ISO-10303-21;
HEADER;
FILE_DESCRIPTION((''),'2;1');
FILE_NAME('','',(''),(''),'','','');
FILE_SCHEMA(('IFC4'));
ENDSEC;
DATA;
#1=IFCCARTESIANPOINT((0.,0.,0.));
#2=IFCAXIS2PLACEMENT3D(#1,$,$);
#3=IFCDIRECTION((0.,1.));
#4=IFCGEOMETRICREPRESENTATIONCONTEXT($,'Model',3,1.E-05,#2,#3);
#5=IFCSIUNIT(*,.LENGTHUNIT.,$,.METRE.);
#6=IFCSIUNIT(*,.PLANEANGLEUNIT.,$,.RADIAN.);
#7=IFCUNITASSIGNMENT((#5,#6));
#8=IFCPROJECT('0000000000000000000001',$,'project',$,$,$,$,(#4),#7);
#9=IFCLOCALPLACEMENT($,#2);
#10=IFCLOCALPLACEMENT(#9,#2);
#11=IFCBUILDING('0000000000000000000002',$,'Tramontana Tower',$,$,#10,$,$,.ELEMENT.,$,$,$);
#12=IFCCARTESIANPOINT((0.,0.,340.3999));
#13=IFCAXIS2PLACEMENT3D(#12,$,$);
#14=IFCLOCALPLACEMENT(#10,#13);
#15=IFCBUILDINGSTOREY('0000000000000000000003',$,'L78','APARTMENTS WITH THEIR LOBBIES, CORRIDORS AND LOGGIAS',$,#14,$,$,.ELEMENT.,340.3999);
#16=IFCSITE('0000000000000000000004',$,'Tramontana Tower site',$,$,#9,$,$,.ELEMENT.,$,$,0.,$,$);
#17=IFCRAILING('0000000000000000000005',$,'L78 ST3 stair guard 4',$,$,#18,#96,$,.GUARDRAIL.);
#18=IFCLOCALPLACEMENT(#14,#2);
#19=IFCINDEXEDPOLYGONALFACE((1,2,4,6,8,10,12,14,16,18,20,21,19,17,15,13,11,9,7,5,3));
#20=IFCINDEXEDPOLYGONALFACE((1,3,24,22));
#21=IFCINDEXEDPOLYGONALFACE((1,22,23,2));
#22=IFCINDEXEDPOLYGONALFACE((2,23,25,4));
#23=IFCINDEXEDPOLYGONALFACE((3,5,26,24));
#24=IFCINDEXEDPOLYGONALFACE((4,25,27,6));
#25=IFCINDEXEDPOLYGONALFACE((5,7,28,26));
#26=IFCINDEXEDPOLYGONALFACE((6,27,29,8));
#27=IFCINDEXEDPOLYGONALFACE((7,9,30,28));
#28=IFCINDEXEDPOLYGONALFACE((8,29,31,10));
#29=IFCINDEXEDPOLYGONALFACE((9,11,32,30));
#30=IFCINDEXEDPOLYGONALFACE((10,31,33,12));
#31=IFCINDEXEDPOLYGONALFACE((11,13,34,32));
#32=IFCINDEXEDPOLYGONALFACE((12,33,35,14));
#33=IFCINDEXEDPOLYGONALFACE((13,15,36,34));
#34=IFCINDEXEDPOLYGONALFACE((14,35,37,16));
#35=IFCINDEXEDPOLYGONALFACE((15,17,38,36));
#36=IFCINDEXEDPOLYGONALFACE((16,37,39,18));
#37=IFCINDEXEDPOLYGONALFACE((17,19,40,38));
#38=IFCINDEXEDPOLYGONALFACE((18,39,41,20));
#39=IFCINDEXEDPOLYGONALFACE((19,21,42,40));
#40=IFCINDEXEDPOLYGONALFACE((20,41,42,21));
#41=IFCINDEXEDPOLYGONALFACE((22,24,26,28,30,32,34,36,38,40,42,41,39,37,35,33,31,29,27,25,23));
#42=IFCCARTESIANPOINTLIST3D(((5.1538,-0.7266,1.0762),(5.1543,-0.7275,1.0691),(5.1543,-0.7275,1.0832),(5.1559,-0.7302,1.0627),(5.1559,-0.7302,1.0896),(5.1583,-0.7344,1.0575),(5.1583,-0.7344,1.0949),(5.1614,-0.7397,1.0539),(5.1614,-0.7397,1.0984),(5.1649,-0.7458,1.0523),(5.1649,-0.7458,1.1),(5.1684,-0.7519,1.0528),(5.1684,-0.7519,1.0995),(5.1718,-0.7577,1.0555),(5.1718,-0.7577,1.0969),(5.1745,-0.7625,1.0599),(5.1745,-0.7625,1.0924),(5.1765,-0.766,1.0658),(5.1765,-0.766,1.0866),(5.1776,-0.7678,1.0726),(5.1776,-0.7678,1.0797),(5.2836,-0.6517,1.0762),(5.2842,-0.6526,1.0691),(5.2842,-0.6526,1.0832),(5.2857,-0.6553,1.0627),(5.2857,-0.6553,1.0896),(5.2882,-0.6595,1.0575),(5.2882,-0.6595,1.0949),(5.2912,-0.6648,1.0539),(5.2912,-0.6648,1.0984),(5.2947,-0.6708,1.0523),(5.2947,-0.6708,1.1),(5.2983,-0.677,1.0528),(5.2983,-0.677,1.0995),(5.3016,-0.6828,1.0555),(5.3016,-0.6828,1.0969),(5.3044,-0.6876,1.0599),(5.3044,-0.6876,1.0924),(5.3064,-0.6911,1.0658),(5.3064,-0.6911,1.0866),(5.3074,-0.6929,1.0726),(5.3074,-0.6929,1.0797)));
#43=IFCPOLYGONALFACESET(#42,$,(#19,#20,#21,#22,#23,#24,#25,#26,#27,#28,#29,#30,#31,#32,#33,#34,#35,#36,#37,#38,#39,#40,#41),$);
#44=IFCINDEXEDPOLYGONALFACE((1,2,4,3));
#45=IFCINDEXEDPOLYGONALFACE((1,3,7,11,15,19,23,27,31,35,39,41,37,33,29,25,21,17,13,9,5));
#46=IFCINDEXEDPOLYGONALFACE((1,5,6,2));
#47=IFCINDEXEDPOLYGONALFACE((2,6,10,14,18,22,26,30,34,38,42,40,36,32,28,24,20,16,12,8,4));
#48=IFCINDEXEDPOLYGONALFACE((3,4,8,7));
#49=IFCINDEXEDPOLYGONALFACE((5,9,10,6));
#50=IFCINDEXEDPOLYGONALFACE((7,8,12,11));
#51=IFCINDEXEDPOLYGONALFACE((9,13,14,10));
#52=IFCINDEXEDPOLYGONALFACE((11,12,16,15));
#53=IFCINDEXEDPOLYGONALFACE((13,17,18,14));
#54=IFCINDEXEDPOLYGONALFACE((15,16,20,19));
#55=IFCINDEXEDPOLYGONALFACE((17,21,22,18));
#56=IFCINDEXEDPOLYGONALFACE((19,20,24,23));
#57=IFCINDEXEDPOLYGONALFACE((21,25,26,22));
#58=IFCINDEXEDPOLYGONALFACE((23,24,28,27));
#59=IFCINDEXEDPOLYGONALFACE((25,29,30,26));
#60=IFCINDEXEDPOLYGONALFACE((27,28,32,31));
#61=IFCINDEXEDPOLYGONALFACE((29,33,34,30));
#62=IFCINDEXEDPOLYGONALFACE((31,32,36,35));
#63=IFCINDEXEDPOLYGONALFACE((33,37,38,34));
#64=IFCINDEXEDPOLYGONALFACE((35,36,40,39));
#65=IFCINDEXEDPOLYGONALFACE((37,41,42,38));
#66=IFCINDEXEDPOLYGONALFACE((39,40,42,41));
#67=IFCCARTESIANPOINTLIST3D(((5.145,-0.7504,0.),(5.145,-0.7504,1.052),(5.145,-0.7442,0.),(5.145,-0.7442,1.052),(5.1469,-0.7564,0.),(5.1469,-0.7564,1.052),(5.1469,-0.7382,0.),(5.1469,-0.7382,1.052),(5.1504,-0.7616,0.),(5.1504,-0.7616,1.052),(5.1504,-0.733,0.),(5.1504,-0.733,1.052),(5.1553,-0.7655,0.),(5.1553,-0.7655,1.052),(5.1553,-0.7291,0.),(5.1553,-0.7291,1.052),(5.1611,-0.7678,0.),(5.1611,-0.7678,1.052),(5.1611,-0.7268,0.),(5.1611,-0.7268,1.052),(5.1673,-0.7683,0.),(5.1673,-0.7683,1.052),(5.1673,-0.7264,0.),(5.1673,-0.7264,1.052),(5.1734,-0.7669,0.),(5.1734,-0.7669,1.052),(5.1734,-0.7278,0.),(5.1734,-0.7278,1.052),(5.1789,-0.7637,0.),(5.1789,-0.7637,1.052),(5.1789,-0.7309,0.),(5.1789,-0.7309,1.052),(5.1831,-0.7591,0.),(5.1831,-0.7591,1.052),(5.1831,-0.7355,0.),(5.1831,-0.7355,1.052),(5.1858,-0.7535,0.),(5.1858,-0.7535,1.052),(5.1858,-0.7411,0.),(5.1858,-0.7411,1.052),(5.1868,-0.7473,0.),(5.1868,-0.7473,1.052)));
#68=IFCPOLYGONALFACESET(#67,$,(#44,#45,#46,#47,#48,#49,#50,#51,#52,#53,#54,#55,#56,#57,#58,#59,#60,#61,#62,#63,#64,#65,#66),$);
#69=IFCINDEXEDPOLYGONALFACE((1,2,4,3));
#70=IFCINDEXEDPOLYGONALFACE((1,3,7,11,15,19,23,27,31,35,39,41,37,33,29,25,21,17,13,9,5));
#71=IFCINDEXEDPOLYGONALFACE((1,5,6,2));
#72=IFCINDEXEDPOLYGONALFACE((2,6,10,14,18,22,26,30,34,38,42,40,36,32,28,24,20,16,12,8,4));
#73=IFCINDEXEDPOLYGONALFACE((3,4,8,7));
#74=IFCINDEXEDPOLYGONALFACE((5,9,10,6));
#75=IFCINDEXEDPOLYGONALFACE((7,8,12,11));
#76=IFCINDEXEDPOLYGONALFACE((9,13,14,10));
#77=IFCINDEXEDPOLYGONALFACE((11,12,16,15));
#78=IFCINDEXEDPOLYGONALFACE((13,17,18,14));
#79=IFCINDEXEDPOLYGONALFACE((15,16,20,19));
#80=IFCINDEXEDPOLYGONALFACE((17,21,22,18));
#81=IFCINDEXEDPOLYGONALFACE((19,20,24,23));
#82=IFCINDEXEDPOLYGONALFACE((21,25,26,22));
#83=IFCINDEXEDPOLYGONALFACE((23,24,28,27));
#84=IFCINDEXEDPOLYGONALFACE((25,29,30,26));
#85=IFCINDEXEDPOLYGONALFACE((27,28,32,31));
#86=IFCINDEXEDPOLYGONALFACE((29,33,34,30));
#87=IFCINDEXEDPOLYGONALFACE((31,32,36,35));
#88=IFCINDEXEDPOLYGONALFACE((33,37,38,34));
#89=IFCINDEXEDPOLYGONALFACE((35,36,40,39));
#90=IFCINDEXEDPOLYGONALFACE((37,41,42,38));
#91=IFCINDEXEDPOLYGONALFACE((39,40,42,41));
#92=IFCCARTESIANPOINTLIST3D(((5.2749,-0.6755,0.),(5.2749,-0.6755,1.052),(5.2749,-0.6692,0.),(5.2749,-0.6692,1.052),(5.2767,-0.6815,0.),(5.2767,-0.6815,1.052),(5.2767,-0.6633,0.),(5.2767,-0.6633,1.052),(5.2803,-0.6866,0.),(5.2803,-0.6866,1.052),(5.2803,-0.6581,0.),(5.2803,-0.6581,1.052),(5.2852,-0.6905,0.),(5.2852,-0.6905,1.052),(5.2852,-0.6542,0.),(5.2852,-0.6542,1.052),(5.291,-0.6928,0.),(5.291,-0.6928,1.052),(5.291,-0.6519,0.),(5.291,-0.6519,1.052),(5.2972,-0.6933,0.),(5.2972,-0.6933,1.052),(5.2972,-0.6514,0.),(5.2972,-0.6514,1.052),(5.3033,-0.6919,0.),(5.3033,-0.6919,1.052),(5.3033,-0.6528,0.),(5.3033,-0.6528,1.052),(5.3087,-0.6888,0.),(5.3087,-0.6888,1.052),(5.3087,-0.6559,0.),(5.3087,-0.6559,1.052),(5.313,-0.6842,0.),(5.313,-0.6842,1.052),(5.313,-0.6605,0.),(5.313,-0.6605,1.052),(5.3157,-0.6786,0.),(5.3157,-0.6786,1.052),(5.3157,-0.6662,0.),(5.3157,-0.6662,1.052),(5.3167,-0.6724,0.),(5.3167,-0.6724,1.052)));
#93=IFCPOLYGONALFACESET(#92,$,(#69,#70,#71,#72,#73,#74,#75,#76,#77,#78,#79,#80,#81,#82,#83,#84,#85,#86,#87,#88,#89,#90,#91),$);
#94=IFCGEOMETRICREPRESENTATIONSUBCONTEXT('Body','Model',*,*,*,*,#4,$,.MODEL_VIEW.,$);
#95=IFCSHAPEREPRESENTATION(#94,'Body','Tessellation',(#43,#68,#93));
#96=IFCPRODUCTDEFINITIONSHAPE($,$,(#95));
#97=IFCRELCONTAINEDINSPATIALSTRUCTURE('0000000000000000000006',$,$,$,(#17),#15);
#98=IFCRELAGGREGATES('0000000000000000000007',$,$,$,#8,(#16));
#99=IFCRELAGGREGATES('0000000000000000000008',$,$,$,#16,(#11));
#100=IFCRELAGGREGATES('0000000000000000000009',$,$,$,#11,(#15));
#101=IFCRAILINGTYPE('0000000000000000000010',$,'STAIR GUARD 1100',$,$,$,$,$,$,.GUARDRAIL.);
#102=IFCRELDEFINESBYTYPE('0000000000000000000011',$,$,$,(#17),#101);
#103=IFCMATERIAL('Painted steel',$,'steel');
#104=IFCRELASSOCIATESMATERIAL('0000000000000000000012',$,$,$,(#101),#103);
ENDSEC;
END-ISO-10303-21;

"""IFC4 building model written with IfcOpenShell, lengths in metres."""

from ifc_helpers import new_model, si_unit, direction, frame, origin, origin_2d, place, context, subcontext, project, spatial, circle, extrude, material, type_object, element, save


model = new_model("IFC4")

# Units and contexts
model_context = context("Model", 3, precision=1e-05, world=origin(), true_north=direction((0.0, 1.0)))
body_context = subcontext(model_context, "Body", "Model", "MODEL_VIEW")
ifc_project = project(units=[si_unit("LENGTHUNIT", "METRE"), si_unit("PLANEANGLEUNIT", "RADIAN")], contexts=[model_context])

# Site, building, storey
site_placement = place(None, origin())
site = spatial("IfcSite", under=ifc_project, at=site_placement, Name="Tramontana Tower site", CompositionType="ELEMENT", RefElevation=0.0)
building_placement = place(site_placement, origin())
building = spatial("IfcBuilding", under=site, at=building_placement, Name="Tramontana Tower", CompositionType="ELEMENT")
storey_placement = place(building_placement, frame((0.0, 0.0, 340.3999)))
storey = spatial("IfcBuildingStorey", under=building, at=storey_placement, Name="L78", Description="APARTMENTS WITH THEIR LOBBIES, CORRIDORS AND LOGGIAS", CompositionType="ELEMENT", Elevation=340.3999)

# Railing
ifc_material_1 = material(Name="Painted steel", Category="steel")
railing_type_1 = type_object("IfcRailingType", Name="STAIR GUARD 1100", PredefinedType="GUARDRAIL", material=ifc_material_1)
railing_1_placement = place(storey_placement, frame((5.1658, -0.7473, 0.0)))
element("IfcRailing", 1, at=railing_1_placement, inside=storey, type_object=railing_type_1, Name="L78 ST3 stair guard 4", PredefinedType="GUARDRAIL", context=body_context, shape_type="SweptSolid", body=[
    extrude(circle(Radius=0.0239, at=origin_2d()), frame((0.0, 0.0, 1.0762), z_axis=(0.866131, 0.499816, 0.0), x_axis=(-0.499816, 0.866131, 0.0)), (0.0, 0.0, 1.0), 0.1499),
    extrude(circle(Radius=0.021, at=origin_2d()), origin(), (0.0, 0.0, 1.0), 1.052),
    extrude(circle(Radius=0.021, at=origin_2d()), frame((0.1299, 0.075, 0.0)), (0.0, 0.0, 1.0), 1.052),
])

save(model, "model.ifc")
